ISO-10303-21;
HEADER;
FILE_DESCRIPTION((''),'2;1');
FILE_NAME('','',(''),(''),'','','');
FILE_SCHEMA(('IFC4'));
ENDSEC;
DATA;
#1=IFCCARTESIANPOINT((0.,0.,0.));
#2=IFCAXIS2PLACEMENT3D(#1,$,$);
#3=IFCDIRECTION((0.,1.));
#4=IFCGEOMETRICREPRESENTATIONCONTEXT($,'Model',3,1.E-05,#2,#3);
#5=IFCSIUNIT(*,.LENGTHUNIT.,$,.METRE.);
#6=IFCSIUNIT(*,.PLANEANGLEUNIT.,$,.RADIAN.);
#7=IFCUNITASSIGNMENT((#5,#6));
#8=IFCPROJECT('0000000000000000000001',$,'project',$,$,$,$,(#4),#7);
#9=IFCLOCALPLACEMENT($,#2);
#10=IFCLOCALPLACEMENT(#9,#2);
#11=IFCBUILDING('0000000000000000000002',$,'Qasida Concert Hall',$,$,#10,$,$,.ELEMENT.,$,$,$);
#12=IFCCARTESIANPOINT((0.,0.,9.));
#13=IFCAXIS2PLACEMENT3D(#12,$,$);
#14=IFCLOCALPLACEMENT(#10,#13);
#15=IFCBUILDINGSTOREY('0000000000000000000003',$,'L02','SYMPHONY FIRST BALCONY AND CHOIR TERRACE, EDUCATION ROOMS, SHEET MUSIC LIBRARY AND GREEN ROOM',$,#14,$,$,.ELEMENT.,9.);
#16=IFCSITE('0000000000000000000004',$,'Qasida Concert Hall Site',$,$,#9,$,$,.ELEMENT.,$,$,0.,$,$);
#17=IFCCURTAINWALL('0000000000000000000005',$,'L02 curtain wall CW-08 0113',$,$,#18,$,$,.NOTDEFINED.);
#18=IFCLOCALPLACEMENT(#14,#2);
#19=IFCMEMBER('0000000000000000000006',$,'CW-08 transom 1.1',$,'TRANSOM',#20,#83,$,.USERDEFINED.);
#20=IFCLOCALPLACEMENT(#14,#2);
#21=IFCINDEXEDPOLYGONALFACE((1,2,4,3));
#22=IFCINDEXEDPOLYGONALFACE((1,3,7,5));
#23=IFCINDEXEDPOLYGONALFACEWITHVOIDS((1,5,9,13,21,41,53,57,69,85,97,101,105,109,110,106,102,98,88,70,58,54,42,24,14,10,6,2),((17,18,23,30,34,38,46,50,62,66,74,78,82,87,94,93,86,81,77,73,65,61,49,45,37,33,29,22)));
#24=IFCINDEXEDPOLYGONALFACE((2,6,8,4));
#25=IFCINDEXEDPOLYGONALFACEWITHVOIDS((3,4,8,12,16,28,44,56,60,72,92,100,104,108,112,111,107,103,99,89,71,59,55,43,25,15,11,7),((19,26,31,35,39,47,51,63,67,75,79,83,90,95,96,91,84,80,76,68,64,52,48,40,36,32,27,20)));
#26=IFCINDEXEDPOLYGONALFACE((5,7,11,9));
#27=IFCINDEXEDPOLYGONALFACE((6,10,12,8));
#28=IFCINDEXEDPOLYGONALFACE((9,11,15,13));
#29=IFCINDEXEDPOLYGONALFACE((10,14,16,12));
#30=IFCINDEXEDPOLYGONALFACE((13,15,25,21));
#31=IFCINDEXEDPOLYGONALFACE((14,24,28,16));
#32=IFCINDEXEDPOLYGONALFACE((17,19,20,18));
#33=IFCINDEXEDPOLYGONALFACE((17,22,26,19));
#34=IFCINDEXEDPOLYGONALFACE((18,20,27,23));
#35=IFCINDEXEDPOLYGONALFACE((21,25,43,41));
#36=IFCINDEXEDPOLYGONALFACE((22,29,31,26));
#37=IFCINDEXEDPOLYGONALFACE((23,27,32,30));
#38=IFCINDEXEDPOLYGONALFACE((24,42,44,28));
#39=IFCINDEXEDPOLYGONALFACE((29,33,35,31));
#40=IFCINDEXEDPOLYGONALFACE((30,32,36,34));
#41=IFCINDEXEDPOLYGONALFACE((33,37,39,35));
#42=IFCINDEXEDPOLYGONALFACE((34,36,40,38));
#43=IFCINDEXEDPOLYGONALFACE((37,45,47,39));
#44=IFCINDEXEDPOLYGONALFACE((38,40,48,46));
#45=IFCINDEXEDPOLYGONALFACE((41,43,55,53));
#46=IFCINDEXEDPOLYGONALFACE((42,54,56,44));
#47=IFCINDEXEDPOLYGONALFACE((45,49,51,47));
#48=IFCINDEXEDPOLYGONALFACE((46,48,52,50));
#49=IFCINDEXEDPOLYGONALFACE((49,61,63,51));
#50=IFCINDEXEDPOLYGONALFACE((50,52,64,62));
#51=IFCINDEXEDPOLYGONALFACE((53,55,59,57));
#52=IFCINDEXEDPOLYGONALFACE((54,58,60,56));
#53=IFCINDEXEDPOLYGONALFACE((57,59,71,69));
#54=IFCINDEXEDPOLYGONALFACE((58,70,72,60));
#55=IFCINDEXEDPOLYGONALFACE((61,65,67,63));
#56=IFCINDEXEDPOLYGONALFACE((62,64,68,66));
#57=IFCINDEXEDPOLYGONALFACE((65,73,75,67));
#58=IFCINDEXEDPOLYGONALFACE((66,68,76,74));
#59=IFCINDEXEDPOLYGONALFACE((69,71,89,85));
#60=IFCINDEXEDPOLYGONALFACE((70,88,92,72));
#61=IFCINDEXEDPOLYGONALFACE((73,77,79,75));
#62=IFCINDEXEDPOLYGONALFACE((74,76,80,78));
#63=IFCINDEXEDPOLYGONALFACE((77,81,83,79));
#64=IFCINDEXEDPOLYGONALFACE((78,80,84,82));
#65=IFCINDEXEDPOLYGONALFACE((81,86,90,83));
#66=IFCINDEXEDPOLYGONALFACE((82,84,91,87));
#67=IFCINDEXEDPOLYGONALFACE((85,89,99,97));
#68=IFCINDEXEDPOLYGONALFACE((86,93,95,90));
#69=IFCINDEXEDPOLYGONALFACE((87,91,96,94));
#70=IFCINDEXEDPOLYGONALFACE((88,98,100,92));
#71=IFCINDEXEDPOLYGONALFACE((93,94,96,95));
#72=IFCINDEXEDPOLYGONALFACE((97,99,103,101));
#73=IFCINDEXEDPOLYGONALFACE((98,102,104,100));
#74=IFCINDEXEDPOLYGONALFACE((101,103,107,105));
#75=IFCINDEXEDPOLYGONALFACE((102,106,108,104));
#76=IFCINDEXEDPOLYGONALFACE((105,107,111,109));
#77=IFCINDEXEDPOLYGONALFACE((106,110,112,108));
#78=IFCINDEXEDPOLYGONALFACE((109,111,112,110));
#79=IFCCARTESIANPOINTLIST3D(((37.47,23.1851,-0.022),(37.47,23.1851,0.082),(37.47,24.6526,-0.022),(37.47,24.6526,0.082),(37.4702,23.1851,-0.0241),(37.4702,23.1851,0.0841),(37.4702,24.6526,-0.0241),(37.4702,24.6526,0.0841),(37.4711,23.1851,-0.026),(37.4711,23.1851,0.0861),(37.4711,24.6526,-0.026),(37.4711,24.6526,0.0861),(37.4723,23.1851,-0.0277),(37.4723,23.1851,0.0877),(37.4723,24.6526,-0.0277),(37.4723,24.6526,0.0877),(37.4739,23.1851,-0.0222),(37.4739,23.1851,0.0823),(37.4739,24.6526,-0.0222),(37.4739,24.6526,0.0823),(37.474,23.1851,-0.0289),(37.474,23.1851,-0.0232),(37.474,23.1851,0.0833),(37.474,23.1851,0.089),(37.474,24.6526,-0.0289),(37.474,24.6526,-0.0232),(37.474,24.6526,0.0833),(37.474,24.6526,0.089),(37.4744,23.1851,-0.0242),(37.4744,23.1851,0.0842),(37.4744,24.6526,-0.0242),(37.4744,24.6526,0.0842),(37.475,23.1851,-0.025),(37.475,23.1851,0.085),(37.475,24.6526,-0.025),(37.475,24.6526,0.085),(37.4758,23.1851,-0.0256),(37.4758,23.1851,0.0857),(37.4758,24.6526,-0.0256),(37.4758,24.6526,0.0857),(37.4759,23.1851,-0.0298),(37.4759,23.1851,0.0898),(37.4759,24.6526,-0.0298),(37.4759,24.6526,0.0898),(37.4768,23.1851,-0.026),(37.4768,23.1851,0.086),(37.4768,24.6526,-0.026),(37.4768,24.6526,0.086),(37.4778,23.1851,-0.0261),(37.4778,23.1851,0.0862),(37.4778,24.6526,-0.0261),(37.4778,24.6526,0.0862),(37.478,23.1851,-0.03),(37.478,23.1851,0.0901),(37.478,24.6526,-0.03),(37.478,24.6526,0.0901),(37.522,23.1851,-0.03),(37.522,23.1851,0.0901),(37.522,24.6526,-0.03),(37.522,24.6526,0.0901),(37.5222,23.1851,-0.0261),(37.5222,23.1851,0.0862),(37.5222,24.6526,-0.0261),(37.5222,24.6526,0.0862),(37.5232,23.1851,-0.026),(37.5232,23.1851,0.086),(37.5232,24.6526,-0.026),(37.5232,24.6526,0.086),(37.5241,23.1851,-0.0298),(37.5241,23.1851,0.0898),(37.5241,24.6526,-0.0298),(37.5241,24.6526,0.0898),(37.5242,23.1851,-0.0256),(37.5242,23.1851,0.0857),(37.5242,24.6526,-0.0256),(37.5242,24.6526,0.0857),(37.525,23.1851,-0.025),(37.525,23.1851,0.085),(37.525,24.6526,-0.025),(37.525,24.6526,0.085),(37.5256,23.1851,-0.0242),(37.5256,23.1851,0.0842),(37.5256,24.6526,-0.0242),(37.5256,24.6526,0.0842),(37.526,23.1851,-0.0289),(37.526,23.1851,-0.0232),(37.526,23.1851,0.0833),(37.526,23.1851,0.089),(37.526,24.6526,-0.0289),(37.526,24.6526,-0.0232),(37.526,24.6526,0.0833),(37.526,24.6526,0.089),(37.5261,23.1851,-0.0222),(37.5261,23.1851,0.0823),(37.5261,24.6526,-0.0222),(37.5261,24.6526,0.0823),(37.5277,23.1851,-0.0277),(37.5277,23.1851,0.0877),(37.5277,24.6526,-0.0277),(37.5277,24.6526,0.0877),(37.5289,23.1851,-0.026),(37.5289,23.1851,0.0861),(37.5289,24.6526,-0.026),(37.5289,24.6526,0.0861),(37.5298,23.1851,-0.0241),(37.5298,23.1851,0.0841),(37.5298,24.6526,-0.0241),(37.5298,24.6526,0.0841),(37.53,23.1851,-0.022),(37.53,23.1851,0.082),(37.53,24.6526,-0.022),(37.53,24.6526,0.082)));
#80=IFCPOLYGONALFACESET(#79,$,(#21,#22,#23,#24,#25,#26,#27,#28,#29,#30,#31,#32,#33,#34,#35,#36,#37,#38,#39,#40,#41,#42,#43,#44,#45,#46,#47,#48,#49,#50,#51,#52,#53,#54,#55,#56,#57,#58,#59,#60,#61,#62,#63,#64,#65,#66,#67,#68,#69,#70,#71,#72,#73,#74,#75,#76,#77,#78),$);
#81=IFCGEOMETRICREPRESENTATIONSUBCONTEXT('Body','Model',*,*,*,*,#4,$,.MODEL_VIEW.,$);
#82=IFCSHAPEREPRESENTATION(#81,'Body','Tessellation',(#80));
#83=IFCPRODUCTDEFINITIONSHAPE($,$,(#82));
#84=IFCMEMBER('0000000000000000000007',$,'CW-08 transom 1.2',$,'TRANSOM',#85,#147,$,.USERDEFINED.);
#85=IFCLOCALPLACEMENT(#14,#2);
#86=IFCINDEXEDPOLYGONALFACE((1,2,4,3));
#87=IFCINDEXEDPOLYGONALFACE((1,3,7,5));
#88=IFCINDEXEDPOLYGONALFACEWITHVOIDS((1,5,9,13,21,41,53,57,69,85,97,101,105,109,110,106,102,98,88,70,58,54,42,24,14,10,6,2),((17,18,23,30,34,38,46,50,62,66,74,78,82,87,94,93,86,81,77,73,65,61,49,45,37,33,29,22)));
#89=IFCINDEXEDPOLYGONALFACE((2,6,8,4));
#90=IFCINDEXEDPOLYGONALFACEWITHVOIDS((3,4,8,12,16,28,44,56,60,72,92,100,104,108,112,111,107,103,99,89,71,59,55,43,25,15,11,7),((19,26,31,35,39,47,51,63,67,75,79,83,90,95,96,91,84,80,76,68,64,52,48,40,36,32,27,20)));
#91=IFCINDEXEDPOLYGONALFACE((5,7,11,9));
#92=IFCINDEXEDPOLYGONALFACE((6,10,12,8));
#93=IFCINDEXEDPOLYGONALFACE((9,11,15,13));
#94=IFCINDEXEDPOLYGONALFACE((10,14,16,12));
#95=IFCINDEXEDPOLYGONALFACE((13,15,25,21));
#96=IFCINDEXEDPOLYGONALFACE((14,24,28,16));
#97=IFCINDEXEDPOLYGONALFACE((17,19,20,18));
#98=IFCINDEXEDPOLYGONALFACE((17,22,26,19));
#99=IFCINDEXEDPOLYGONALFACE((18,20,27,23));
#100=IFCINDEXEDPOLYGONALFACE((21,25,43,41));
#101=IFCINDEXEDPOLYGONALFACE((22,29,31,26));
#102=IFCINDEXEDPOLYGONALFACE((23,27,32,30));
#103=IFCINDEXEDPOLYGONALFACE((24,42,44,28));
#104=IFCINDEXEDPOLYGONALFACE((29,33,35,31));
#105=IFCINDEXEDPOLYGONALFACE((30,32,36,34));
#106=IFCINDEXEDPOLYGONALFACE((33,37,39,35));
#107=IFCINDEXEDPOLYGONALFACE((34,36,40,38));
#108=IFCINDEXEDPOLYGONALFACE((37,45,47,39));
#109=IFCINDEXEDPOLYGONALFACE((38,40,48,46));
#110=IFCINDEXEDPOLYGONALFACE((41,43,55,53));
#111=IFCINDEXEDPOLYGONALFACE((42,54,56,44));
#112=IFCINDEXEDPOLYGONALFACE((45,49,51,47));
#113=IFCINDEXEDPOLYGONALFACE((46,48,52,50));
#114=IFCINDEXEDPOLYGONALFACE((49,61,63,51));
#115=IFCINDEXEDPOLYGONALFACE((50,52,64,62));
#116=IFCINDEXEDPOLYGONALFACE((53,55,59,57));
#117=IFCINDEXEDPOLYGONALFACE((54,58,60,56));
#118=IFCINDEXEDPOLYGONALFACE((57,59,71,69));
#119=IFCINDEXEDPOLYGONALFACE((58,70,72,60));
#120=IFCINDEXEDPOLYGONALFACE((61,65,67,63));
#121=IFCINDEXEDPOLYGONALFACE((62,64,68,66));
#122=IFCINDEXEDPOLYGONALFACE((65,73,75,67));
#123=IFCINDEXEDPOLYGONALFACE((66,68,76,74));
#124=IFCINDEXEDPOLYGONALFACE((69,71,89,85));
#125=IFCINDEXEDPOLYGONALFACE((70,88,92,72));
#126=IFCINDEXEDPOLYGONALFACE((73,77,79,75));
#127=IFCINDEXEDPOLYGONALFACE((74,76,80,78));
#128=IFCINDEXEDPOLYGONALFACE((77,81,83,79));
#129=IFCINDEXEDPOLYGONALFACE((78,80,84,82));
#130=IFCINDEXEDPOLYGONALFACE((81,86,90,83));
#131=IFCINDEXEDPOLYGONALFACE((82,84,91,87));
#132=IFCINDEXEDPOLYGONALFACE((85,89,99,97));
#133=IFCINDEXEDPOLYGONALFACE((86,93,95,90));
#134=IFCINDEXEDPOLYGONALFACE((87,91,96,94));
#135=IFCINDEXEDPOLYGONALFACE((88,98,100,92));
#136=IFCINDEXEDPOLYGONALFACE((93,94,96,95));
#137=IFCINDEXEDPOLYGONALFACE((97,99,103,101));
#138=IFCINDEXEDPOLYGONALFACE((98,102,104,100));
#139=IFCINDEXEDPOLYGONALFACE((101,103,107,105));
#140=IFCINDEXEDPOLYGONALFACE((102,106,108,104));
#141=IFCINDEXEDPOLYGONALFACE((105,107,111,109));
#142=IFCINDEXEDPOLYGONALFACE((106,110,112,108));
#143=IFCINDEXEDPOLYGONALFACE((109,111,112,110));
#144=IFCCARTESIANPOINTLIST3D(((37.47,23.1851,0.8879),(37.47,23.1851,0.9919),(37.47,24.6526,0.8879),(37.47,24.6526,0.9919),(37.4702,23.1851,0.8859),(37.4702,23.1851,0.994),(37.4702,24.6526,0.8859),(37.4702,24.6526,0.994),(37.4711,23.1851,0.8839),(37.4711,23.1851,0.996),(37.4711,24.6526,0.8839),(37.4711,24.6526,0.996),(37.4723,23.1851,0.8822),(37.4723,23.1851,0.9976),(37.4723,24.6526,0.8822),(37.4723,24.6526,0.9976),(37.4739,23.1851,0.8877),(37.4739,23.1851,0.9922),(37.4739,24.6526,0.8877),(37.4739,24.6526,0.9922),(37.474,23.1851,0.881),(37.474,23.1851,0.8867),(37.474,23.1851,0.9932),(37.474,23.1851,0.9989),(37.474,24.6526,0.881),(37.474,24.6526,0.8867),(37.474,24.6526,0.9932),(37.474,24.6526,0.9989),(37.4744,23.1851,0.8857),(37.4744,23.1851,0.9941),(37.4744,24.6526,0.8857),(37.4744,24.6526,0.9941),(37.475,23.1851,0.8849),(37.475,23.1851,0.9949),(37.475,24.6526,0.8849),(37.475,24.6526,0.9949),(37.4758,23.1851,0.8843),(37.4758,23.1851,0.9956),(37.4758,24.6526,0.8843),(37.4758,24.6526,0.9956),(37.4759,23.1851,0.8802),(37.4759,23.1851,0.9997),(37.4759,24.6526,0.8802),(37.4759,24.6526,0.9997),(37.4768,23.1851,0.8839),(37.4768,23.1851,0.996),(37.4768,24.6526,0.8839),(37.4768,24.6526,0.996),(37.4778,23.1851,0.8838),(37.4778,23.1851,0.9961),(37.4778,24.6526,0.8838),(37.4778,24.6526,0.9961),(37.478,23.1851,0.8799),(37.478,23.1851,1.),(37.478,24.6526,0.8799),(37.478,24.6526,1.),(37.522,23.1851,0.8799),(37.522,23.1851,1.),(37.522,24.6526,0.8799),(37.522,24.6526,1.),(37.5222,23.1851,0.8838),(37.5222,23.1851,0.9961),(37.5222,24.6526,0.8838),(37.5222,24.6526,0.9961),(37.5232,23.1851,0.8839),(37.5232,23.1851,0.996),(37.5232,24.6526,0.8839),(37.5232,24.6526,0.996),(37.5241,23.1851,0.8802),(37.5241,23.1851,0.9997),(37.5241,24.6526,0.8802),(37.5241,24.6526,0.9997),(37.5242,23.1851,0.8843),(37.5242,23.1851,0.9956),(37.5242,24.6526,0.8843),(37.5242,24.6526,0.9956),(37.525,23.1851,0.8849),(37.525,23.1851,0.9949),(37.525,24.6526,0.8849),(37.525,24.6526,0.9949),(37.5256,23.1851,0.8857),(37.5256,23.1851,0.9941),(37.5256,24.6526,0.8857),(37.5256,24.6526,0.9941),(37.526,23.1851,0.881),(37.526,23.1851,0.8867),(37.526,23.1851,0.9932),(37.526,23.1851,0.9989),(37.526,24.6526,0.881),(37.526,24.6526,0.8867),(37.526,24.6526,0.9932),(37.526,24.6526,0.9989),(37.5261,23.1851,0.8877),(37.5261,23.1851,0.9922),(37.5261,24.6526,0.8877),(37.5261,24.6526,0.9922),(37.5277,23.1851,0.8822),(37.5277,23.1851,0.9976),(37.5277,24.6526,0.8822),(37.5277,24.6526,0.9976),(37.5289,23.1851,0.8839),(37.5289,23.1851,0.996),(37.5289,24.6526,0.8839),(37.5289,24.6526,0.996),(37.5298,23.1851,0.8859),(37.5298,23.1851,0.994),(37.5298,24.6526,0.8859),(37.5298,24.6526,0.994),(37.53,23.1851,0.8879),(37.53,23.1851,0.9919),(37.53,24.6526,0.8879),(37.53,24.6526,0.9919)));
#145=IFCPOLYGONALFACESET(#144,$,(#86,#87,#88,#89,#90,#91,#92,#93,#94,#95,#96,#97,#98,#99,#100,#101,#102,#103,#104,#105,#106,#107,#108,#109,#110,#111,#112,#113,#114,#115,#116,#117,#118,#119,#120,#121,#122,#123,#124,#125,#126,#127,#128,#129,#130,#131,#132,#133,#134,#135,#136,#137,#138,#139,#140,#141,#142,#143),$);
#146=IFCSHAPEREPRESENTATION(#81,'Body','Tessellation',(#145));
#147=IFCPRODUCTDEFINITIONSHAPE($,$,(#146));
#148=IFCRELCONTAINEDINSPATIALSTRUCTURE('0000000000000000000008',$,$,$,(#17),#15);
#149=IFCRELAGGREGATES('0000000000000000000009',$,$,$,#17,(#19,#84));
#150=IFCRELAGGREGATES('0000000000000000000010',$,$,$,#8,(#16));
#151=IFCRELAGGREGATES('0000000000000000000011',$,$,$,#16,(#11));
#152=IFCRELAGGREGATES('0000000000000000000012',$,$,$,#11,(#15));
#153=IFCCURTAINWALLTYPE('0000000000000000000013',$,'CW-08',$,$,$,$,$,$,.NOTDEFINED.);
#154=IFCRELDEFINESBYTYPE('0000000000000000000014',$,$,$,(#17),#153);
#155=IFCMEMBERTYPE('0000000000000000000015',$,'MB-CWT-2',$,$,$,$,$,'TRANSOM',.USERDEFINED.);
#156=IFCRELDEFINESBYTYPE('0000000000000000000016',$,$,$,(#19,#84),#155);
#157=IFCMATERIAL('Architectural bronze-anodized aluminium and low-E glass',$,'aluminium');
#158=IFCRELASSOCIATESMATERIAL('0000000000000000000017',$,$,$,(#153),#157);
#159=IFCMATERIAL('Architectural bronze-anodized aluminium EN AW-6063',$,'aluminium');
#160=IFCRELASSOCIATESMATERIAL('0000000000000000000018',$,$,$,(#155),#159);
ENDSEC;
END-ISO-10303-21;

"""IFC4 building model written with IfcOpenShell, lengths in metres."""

from ifc_helpers import new_model, si_unit, direction, frame, origin, origin_2d, place, context, subcontext, project, spatial, hollow_rectangle, extrude, material, material_profile, profile_set, type_object, element, aggregate, save


model = new_model("IFC4")

# Units and contexts
model_context = context("Model", 3, precision=1e-05, world=origin(), true_north=direction((0.0, 1.0)))
body_context = subcontext(model_context, "Body", "Model", "MODEL_VIEW")
ifc_project = project(units=[si_unit("LENGTHUNIT", "METRE"), si_unit("PLANEANGLEUNIT", "RADIAN")], contexts=[model_context])

# Site, building, storey
site_placement = place(None, origin())
site = spatial("IfcSite", under=ifc_project, at=site_placement, Name="Qasida Concert Hall Site", CompositionType="ELEMENT", RefElevation=0.0)
building_placement = place(site_placement, origin())
building = spatial("IfcBuilding", under=site, at=building_placement, Name="Qasida Concert Hall", CompositionType="ELEMENT")
storey_placement = place(building_placement, frame((0.0, 0.0, 9.0)))
storey = spatial("IfcBuildingStorey", under=building, at=storey_placement, Name="L02", Description="SYMPHONY FIRST BALCONY AND CHOIR TERRACE, EDUCATION ROOMS, SHEET MUSIC LIBRARY AND GREEN ROOM", CompositionType="ELEMENT", Elevation=9.0)

# Curtain wall, members
ifc_material_1 = material(Name="Architectural bronze-anodized aluminium and low-E glass", Category="aluminium")
curtain_wall_type = type_object("IfcCurtainWallType", Name="CW-08", PredefinedType="NOTDEFINED", material=ifc_material_1)
curtain_wall_placement = place(storey_placement, origin())
curtain_wall = element("IfcCurtainWall", 1, at=curtain_wall_placement, inside=storey, type_object=curtain_wall_type, Name="L02 curtain wall CW-08 0113", PredefinedType="NOTDEFINED")
ifc_material_2 = material(Name="Architectural bronze-anodized aluminium EN AW-6063", Category="aluminium")
ifc_material_profile_1 = material_profile(ifc_material_2, hollow_rectangle(XDim=0.0601, YDim=0.1201, WallThickness=0.0039, InnerFilletRadius=0.0039, OuterFilletRadius=0.0081, at=origin_2d()), Name="CWT 120x60x4")
ifc_profile_set_1 = profile_set([ifc_material_profile_1], Name="Architectural bronze-anodized aluminium EN AW-6063")
member_type_1 = type_object("IfcMemberType", Name="MB-CWT-2", ElementType="TRANSOM", PredefinedType="USERDEFINED", material=ifc_profile_set_1)
member_1_placement = place(storey_placement, frame((37.5, 23.1851, 0.03), z_axis=(0.0, 1.0, 0.0), x_axis=(-1.0, 0.0, 0.0)))
member_1 = element("IfcMember", 2, at=member_1_placement, type_object=member_type_1, Name="CW-08 transom 1.1", ObjectType="TRANSOM", PredefinedType="USERDEFINED", context=body_context, shape_type="SweptSolid", body=[
    extrude(hollow_rectangle(XDim=0.0601, YDim=0.1201, WallThickness=0.0039, InnerFilletRadius=0.0039, OuterFilletRadius=0.0081, at=origin_2d()), origin(), (0.0, 0.0, 1.0), 1.4675),
])
member_2_placement = place(storey_placement, frame((37.5, 23.1851, 0.9399), z_axis=(0.0, 1.0, 0.0), x_axis=(-1.0, 0.0, 0.0)))
member_2 = element("IfcMember", 3, at=member_2_placement, type_object=member_type_1, Name="CW-08 transom 1.2", ObjectType="TRANSOM", PredefinedType="USERDEFINED", context=body_context, shape_type="SweptSolid", body=[
    extrude(hollow_rectangle(XDim=0.0601, YDim=0.1201, WallThickness=0.0039, InnerFilletRadius=0.0039, OuterFilletRadius=0.0081, at=origin_2d()), origin(), (0.0, 0.0, 1.0), 1.4675),
])

aggregate(curtain_wall, [member_1, member_2])

save(model, "model.ifc")
